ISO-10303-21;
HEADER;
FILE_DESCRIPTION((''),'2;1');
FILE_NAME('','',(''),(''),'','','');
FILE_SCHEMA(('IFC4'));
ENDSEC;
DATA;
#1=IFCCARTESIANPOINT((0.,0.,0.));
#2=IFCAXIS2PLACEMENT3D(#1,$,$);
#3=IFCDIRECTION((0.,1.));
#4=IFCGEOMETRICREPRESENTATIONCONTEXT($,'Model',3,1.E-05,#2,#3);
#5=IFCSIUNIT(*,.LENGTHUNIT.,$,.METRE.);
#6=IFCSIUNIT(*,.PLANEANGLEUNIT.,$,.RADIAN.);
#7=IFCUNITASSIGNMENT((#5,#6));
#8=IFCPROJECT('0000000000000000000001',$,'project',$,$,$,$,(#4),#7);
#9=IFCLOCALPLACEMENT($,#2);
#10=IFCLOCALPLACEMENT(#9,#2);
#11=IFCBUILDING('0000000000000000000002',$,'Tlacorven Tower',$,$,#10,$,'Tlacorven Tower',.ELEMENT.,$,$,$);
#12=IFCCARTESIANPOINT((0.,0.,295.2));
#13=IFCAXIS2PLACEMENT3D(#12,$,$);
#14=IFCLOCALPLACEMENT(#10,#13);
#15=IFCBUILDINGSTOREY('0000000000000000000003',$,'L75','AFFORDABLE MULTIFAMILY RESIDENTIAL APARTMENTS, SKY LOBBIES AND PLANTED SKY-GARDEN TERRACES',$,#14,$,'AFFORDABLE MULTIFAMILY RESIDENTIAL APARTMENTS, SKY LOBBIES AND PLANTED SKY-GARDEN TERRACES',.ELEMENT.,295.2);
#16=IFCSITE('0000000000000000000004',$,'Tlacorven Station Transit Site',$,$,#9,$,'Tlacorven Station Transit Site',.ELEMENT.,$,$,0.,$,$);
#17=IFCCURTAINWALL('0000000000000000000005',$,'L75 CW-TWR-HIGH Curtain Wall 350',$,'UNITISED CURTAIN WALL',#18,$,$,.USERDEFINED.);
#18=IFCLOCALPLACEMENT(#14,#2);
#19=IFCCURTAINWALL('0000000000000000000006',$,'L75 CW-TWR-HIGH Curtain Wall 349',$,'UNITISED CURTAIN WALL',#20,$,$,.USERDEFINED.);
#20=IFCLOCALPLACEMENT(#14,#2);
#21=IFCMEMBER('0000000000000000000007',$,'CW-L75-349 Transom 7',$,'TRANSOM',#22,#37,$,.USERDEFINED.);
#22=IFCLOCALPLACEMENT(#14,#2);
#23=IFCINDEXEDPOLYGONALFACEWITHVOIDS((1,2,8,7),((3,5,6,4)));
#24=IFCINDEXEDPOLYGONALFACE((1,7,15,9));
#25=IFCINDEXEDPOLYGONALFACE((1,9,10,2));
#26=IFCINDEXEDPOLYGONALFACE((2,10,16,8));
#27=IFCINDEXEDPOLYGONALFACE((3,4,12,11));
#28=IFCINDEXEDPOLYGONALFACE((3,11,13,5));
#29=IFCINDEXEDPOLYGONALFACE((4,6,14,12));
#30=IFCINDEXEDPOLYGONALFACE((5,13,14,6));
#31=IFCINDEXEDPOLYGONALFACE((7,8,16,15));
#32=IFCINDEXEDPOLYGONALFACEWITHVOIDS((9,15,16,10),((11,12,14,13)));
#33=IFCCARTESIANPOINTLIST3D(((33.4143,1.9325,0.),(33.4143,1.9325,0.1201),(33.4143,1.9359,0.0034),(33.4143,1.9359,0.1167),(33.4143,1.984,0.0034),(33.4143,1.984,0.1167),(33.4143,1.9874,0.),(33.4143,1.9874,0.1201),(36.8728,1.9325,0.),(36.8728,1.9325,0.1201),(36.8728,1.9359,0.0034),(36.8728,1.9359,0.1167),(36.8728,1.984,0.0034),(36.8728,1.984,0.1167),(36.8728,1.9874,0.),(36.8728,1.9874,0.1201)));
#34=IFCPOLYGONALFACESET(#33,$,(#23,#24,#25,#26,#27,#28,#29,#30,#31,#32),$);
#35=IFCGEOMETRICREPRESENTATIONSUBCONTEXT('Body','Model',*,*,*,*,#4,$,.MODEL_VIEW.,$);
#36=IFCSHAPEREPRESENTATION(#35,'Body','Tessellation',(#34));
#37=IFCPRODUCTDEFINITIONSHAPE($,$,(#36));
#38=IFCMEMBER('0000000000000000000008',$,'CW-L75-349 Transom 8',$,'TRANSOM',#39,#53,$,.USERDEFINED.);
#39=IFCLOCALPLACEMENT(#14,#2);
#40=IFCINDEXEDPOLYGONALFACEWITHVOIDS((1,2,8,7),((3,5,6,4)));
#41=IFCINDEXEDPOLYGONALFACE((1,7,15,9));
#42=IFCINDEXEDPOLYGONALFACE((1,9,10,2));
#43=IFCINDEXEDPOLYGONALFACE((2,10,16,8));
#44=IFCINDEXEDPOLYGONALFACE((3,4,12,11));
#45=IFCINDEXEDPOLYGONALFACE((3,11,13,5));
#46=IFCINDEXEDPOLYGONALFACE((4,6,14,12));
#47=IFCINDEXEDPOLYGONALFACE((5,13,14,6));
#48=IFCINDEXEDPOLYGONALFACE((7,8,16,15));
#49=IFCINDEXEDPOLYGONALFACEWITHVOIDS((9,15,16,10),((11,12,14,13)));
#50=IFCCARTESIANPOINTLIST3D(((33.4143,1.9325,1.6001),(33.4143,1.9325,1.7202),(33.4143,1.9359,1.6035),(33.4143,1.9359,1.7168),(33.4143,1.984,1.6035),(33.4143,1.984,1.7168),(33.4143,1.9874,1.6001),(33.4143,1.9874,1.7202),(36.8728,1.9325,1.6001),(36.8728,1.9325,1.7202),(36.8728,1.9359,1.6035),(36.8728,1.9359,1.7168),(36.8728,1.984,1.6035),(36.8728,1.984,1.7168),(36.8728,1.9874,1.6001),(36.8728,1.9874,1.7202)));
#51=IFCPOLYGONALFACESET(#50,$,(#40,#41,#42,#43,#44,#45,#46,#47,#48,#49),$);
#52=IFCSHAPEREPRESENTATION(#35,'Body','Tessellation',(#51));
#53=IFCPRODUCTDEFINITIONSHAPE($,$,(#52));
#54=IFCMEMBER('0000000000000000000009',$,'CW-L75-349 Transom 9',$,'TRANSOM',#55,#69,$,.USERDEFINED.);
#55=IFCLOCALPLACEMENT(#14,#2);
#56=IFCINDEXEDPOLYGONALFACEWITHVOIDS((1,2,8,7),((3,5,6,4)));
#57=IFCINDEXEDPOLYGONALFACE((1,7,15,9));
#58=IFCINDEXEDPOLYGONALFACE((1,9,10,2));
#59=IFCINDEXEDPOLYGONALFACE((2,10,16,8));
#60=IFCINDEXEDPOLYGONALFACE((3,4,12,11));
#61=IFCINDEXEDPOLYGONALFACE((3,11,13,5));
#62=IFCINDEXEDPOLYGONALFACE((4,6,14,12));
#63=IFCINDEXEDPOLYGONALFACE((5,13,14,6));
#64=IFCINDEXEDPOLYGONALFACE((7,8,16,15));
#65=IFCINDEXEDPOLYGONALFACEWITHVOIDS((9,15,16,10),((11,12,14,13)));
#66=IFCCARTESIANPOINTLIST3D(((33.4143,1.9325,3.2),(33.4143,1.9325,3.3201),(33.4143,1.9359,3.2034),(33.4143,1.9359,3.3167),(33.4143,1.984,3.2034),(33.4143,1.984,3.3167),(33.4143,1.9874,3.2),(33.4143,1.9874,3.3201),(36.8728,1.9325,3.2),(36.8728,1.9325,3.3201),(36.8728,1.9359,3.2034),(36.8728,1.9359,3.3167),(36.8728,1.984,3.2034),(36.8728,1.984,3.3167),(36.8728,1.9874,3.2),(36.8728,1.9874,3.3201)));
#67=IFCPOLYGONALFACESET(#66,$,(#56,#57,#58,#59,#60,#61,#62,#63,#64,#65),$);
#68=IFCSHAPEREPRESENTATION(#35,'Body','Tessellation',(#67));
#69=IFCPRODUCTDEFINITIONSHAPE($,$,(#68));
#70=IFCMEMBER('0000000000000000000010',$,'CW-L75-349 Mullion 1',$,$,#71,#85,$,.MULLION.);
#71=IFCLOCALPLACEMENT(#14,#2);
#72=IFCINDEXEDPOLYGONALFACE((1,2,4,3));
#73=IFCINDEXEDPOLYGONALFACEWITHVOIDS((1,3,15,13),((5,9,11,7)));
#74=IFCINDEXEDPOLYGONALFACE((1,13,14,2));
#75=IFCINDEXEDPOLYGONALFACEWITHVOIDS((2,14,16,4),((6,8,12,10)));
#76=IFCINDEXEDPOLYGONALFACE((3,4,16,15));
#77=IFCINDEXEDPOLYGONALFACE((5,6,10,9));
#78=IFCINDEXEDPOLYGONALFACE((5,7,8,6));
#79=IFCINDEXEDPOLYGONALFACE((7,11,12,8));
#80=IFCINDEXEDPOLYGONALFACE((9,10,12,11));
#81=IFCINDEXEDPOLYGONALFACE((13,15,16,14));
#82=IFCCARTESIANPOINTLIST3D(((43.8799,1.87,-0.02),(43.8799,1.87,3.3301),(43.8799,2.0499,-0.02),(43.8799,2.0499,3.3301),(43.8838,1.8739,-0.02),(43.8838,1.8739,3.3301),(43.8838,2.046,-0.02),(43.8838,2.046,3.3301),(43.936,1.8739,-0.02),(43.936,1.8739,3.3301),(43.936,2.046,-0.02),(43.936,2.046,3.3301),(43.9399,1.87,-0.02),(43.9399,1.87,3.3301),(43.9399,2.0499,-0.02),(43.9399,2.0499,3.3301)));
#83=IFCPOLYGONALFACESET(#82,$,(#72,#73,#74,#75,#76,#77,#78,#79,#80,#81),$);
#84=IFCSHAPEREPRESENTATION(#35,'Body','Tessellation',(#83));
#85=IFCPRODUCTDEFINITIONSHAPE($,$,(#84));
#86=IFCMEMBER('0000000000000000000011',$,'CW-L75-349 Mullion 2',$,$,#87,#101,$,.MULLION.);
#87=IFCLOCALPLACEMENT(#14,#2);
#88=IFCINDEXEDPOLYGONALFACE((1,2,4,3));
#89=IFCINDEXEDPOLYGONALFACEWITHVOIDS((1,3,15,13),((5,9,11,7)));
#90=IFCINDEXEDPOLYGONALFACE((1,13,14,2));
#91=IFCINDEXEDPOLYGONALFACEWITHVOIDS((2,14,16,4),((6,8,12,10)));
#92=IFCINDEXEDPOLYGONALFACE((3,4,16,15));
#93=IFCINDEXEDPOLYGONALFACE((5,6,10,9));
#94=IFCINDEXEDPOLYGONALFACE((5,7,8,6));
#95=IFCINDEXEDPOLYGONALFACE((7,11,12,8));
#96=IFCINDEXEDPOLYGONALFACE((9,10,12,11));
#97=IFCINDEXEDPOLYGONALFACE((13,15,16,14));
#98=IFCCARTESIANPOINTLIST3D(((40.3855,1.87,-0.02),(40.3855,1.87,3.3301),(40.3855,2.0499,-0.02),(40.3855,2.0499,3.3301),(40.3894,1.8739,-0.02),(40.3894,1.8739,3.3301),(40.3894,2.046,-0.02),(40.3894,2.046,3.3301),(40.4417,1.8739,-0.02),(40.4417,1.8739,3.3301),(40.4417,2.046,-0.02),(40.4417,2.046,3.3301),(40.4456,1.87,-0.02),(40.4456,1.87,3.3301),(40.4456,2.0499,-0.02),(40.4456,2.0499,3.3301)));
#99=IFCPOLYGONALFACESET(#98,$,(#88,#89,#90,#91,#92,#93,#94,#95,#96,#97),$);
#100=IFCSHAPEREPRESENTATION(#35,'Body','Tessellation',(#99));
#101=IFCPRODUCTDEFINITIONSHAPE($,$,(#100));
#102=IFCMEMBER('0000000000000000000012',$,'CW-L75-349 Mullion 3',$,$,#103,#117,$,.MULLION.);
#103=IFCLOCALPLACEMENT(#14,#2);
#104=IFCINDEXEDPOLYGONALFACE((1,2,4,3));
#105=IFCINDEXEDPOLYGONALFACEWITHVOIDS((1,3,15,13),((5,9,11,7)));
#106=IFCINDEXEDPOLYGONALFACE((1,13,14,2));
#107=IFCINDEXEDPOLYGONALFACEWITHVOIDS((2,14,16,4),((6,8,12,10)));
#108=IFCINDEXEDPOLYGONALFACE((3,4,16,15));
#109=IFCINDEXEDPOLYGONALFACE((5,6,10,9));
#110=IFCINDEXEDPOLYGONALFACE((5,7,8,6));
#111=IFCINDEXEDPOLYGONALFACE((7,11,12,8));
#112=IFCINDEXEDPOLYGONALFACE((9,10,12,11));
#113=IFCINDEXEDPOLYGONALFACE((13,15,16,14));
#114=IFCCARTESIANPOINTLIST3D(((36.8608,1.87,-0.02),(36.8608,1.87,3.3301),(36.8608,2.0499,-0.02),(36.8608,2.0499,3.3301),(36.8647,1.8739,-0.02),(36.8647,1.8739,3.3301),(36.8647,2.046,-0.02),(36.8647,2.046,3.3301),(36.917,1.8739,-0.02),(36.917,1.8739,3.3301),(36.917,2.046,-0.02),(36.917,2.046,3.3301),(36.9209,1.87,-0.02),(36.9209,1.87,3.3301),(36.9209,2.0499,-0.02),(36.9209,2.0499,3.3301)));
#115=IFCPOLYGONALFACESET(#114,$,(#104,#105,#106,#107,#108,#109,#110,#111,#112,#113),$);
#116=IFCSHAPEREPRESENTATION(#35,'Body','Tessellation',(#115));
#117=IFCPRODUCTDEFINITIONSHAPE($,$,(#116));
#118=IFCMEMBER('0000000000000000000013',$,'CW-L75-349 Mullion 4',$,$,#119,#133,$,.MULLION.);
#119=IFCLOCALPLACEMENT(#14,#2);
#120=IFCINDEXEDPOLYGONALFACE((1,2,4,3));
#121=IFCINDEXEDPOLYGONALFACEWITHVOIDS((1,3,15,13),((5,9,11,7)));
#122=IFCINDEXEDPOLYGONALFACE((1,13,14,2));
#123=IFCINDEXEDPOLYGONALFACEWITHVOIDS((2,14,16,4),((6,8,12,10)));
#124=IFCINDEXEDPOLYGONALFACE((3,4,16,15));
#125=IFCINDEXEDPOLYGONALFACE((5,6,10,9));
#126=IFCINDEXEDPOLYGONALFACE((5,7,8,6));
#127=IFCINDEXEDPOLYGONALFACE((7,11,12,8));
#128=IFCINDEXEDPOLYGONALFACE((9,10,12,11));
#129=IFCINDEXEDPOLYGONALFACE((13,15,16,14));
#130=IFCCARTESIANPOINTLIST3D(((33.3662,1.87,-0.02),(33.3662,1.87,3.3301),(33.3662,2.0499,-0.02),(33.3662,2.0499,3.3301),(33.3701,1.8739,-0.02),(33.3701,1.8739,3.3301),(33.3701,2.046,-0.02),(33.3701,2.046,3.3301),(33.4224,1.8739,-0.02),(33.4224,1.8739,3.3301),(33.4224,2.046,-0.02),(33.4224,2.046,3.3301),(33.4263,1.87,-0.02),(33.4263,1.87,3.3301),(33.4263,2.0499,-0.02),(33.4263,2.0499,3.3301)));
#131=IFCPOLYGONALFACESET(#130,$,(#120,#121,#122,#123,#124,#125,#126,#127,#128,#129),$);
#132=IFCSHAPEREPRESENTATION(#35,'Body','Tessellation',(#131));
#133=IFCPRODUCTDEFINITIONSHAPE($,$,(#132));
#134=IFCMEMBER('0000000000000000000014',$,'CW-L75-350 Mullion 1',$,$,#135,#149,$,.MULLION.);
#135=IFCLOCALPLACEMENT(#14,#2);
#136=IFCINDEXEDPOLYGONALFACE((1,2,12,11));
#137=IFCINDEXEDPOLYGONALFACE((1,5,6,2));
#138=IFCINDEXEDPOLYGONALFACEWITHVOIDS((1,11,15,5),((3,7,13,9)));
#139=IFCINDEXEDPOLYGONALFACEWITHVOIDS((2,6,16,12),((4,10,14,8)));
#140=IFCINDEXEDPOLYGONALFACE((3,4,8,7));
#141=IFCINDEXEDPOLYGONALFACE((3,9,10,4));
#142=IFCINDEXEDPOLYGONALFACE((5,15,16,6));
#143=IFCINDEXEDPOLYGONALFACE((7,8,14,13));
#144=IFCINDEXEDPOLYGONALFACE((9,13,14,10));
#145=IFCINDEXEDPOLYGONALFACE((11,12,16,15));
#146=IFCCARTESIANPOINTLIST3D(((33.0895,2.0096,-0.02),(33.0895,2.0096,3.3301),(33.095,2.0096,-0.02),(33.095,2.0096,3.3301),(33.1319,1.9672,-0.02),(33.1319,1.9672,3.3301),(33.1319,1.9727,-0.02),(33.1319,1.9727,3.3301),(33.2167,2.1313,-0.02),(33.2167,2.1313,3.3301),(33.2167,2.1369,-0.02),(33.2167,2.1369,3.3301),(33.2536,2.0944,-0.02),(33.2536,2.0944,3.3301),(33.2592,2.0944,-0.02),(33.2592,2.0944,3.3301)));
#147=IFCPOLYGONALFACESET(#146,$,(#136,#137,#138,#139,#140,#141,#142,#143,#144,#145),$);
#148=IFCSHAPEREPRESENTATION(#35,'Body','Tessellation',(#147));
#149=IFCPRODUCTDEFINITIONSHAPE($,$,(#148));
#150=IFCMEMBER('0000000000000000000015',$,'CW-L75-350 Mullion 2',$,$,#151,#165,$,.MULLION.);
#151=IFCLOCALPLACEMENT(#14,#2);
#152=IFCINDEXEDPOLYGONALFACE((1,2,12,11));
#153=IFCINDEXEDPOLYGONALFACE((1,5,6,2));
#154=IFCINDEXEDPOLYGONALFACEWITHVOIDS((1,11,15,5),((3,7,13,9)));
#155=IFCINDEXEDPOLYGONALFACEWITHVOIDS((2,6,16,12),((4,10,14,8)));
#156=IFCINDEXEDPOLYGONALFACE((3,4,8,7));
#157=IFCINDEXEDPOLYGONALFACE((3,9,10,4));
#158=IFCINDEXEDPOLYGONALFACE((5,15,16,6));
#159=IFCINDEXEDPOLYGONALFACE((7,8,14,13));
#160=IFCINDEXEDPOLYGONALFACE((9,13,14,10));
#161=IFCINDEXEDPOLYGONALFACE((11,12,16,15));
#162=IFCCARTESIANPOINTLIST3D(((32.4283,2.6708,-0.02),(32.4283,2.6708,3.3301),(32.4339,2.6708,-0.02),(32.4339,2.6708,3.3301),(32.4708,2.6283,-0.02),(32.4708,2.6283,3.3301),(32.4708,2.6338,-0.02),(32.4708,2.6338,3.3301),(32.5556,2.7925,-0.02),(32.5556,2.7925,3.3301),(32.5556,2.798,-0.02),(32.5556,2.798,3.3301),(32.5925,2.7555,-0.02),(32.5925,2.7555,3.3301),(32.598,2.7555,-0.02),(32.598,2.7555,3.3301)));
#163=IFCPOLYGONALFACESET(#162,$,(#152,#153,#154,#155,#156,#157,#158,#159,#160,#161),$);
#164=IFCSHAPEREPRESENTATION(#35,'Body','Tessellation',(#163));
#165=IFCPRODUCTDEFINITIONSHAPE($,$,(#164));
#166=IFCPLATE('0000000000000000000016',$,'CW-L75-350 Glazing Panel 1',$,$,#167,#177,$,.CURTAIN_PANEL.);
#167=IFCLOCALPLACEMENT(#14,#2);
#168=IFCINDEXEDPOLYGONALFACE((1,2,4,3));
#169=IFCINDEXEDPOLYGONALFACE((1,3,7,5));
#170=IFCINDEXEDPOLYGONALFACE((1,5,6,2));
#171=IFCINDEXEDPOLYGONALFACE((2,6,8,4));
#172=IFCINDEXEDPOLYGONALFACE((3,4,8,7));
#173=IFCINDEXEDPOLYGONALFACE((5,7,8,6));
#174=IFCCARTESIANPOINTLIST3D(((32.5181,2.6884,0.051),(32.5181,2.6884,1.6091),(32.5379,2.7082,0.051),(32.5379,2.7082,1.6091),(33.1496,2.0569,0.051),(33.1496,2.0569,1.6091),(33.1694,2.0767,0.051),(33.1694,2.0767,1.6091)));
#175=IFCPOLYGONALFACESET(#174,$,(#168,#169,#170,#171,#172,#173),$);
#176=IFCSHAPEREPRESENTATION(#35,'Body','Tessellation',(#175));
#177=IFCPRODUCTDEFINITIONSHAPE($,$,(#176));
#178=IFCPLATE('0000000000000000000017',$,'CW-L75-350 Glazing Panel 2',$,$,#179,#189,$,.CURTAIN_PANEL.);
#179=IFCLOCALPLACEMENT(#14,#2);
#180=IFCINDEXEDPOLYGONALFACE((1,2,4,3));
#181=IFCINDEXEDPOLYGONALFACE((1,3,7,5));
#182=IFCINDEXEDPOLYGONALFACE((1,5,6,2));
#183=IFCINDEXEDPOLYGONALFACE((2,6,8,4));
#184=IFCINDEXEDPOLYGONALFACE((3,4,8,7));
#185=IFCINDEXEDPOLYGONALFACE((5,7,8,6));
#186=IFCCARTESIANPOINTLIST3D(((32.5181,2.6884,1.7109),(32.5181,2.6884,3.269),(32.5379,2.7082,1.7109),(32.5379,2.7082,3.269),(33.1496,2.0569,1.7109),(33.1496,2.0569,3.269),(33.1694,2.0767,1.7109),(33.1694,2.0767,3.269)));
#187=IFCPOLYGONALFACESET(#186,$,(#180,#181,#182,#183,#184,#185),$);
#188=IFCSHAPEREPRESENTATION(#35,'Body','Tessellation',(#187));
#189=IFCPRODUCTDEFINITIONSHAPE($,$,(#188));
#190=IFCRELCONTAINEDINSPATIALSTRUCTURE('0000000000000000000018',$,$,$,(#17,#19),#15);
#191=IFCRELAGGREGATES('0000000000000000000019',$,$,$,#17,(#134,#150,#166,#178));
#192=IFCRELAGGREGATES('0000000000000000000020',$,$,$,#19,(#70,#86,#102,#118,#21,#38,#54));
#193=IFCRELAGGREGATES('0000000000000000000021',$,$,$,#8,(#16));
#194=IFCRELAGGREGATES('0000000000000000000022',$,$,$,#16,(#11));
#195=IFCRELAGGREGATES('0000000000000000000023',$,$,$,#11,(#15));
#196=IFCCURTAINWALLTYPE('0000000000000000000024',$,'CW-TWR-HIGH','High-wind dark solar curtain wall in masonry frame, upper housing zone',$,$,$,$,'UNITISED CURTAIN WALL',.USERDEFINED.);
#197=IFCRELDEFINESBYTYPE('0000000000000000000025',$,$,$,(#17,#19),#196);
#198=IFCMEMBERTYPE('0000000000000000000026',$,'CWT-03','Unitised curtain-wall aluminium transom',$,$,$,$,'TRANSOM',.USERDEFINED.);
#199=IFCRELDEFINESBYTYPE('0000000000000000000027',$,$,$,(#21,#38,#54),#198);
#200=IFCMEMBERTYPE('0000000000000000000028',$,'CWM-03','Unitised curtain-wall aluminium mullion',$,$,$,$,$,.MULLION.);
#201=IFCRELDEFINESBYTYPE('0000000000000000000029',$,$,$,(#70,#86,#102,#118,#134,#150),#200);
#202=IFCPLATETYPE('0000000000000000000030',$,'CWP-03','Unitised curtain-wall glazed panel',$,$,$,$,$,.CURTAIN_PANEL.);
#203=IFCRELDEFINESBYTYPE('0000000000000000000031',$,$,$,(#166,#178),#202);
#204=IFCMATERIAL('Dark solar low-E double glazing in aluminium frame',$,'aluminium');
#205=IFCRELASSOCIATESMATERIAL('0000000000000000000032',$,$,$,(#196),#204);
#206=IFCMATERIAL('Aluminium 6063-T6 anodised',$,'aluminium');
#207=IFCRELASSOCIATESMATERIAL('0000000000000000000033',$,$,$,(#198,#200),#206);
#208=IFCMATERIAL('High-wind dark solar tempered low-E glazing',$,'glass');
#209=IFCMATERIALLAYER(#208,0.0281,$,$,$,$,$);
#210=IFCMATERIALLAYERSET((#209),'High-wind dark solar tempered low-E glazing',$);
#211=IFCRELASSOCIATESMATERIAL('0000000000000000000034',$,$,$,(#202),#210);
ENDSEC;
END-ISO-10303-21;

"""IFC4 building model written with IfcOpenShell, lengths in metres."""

from ifc_helpers import new_model, si_unit, direction, frame, origin, origin_2d, place, context, subcontext, project, spatial, rectangle, hollow_rectangle, extrude, source, transform, mapped, material, layer, layer_set, material_profile, profile_set, type_object, element, aggregate, save


model = new_model("IFC4")

# Units and contexts
model_context = context("Model", 3, precision=1e-05, world=origin(), true_north=direction((0.0, 1.0)))
body_context = subcontext(model_context, "Body", "Model", "MODEL_VIEW")
ifc_project = project(units=[si_unit("LENGTHUNIT", "METRE"), si_unit("PLANEANGLEUNIT", "RADIAN")], contexts=[model_context])

# Site, building, storey
site_placement = place(None, origin())
site = spatial("IfcSite", under=ifc_project, at=site_placement, Name="Tlacorven Station Transit Site", LongName="Tlacorven Station Transit Site", CompositionType="ELEMENT", RefElevation=0.0)
building_placement = place(site_placement, origin())
building = spatial("IfcBuilding", under=site, at=building_placement, Name="Tlacorven Tower", LongName="Tlacorven Tower", CompositionType="ELEMENT")
storey_placement = place(building_placement, frame((0.0, 0.0, 295.2)))
storey = spatial("IfcBuildingStorey", under=building, at=storey_placement, Name="L75", Description="AFFORDABLE MULTIFAMILY RESIDENTIAL APARTMENTS, SKY LOBBIES AND PLANTED SKY-GARDEN TERRACES", LongName="AFFORDABLE MULTIFAMILY RESIDENTIAL APARTMENTS, SKY LOBBIES AND PLANTED SKY-GARDEN TERRACES", CompositionType="ELEMENT", Elevation=295.2)

# Curtain walls, members
ifc_material_1 = material(Name="Dark solar low-E double glazing in aluminium frame", Category="aluminium")
curtain_wall_type = type_object("IfcCurtainWallType", Name="CW-TWR-HIGH", Description="High-wind dark solar curtain wall in masonry frame, upper housing zone", ElementType="UNITISED CURTAIN WALL", PredefinedType="USERDEFINED", material=ifc_material_1)
curtain_wall_1_placement = place(storey_placement, origin())
curtain_wall_1 = element("IfcCurtainWall", 1, at=curtain_wall_1_placement, inside=storey, type_object=curtain_wall_type, Name="L75 CW-TWR-HIGH Curtain Wall 350", ObjectType="UNITISED CURTAIN WALL", PredefinedType="USERDEFINED")
ifc_material_2 = material(Name="Aluminium 6063-T6 anodised", Category="aluminium")
ifc_material_profile_1 = material_profile(ifc_material_2, hollow_rectangle(XDim=0.0549, YDim=0.1201, WallThickness=0.0034, at=origin_2d()), Name="ALU TRANSOM 55X120")
ifc_profile_set_1 = profile_set([ifc_material_profile_1], Name="Aluminium 6063-T6 anodised")
member_type_1 = type_object("IfcMemberType", Name="CWT-03", Description="Unitised curtain-wall aluminium transom", ElementType="TRANSOM", PredefinedType="USERDEFINED", material=ifc_profile_set_1)
curtain_wall_2_placement = place(storey_placement, origin())
curtain_wall_2 = element("IfcCurtainWall", 2, at=curtain_wall_2_placement, inside=storey, type_object=curtain_wall_type, Name="L75 CW-TWR-HIGH Curtain Wall 349", ObjectType="UNITISED CURTAIN WALL", PredefinedType="USERDEFINED")
shared_shape_1 = source(origin(), body_context, "Body", "SweptSolid", [
    extrude(hollow_rectangle(XDim=0.0549, YDim=0.1201, WallThickness=0.0034, at=origin_2d()), origin(), (0.0, 0.0, 1.0), 3.4585),
])
member_1_placement = place(storey_placement, frame((36.8728, 1.96, 0.0601), z_axis=(-1.0, 0.0, 0.0), x_axis=(0.0, -1.0, 0.0)))
member_1 = element("IfcMember", 3, at=member_1_placement, type_object=member_type_1, Name="CW-L75-349 Transom 7", ObjectType="TRANSOM", PredefinedType="USERDEFINED", context=body_context, shape_type="MappedRepresentation", body=[
    mapped(shared_shape_1, transform((0.0, 0.0, 0.0), scale=1.0)),
])
member_2_placement = place(storey_placement, frame((36.8728, 1.96, 1.6602), z_axis=(-1.0, 0.0, 0.0), x_axis=(0.0, -1.0, 0.0)))
member_2 = element("IfcMember", 4, at=member_2_placement, type_object=member_type_1, Name="CW-L75-349 Transom 8", ObjectType="TRANSOM", PredefinedType="USERDEFINED", context=body_context, shape_type="MappedRepresentation", body=[
    mapped(shared_shape_1, transform((0.0, 0.0, 0.0), scale=1.0)),
])
member_3_placement = place(storey_placement, frame((36.8728, 1.96, 3.26), z_axis=(-1.0, 0.0, 0.0), x_axis=(0.0, -1.0, 0.0)))
member_3 = element("IfcMember", 5, at=member_3_placement, type_object=member_type_1, Name="CW-L75-349 Transom 9", ObjectType="TRANSOM", PredefinedType="USERDEFINED", context=body_context, shape_type="MappedRepresentation", body=[
    mapped(shared_shape_1, transform((0.0, 0.0, 0.0), scale=1.0)),
])
ifc_material_profile_2 = material_profile(ifc_material_2, hollow_rectangle(XDim=0.0601, YDim=0.1799, WallThickness=0.0039, at=origin_2d()), Name="ALU MULLION 60X180")
ifc_profile_set_2 = profile_set([ifc_material_profile_2], Name="Aluminium 6063-T6 anodised")
member_type_2 = type_object("IfcMemberType", Name="CWM-03", Description="Unitised curtain-wall aluminium mullion", PredefinedType="MULLION", material=ifc_profile_set_2)
shared_shape_2 = source(origin(), body_context, "Body", "SweptSolid", [
    extrude(hollow_rectangle(XDim=0.0601, YDim=0.1799, WallThickness=0.0039, at=origin_2d()), origin(), (0.0, 0.0, 1.0), 3.3501),
])
member_4_placement = place(storey_placement, frame((43.9099, 1.96, -0.02), z_axis=(0.0, 0.0, 1.0), x_axis=(-1.0, 0.0, 0.0)))
member_4 = element("IfcMember", 6, at=member_4_placement, type_object=member_type_2, Name="CW-L75-349 Mullion 1", PredefinedType="MULLION", context=body_context, shape_type="MappedRepresentation", body=[
    mapped(shared_shape_2, transform((0.0, 0.0, 0.0), scale=1.0)),
])
member_5_placement = place(storey_placement, frame((40.4155, 1.96, -0.02), z_axis=(0.0, 0.0, 1.0), x_axis=(-1.0, 0.0, 0.0)))
member_5 = element("IfcMember", 7, at=member_5_placement, type_object=member_type_2, Name="CW-L75-349 Mullion 2", PredefinedType="MULLION", context=body_context, shape_type="MappedRepresentation", body=[
    mapped(shared_shape_2, transform((0.0, 0.0, 0.0), scale=1.0)),
])
member_6_placement = place(storey_placement, frame((36.8909, 1.96, -0.02), z_axis=(0.0, 0.0, 1.0), x_axis=(-1.0, 0.0, 0.0)))
member_6 = element("IfcMember", 8, at=member_6_placement, type_object=member_type_2, Name="CW-L75-349 Mullion 3", PredefinedType="MULLION", context=body_context, shape_type="MappedRepresentation", body=[
    mapped(shared_shape_2, transform((0.0, 0.0, 0.0), scale=1.0)),
])
member_7_placement = place(storey_placement, frame((33.3962, 1.96, -0.02), z_axis=(0.0, 0.0, 1.0), x_axis=(-1.0, 0.0, 0.0)))
member_7 = element("IfcMember", 9, at=member_7_placement, type_object=member_type_2, Name="CW-L75-349 Mullion 4", PredefinedType="MULLION", context=body_context, shape_type="MappedRepresentation", body=[
    mapped(shared_shape_2, transform((0.0, 0.0, 0.0), scale=1.0)),
])

# Members
member_8_placement = place(storey_placement, frame((33.1743, 2.052, -0.02), z_axis=(0.0, 0.0, 1.0), x_axis=(-0.707107, 0.707107, 0.0)))
member_8 = element("IfcMember", 10, at=member_8_placement, type_object=member_type_2, Name="CW-L75-350 Mullion 1", PredefinedType="MULLION", context=body_context, shape_type="MappedRepresentation", body=[
    mapped(shared_shape_2, transform((0.0, 0.0, 0.0), scale=1.0)),
])
member_9_placement = place(storey_placement, frame((32.5132, 2.7131, -0.02), z_axis=(0.0, 0.0, 1.0), x_axis=(-0.707107, 0.707107, 0.0)))
member_9 = element("IfcMember", 11, at=member_9_placement, type_object=member_type_2, Name="CW-L75-350 Mullion 2", PredefinedType="MULLION", context=body_context, shape_type="MappedRepresentation", body=[
    mapped(shared_shape_2, transform((0.0, 0.0, 0.0), scale=1.0)),
])

# Plates
ifc_material_3 = material(Name="High-wind dark solar tempered low-E glazing", Category="glass")
ifc_layer_1 = layer(ifc_material_3, 0.0281)
ifc_layer_set_1 = layer_set([ifc_layer_1], Name="High-wind dark solar tempered low-E glazing")
plate_type = type_object("IfcPlateType", Name="CWP-03", Description="Unitised curtain-wall glazed panel", PredefinedType="CURTAIN_PANEL", material=ifc_layer_set_1)
shared_shape_3 = source(origin(), body_context, "Body", "SweptSolid", [
    extrude(rectangle(XDim=0.8931, YDim=0.0281, at=origin_2d()), origin(), (0.0, 0.0, 1.0), 1.5581),
])
plate_1_placement = place(storey_placement, frame((32.8438, 2.3826, 0.051), z_axis=(0.0, 0.0, 1.0), x_axis=(-0.707107, 0.707107, 0.0)))
plate_1 = element("IfcPlate", 12, at=plate_1_placement, type_object=plate_type, Name="CW-L75-350 Glazing Panel 1", PredefinedType="CURTAIN_PANEL", context=body_context, shape_type="MappedRepresentation", body=[
    mapped(shared_shape_3, transform((0.0, 0.0, 0.0), scale=1.0)),
])
plate_2_placement = place(storey_placement, frame((32.8438, 2.3826, 1.7109), z_axis=(0.0, 0.0, 1.0), x_axis=(-0.707107, 0.707107, 0.0)))
plate_2 = element("IfcPlate", 13, at=plate_2_placement, type_object=plate_type, Name="CW-L75-350 Glazing Panel 2", PredefinedType="CURTAIN_PANEL", context=body_context, shape_type="MappedRepresentation", body=[
    mapped(shared_shape_3, transform((0.0, 0.0, 0.0), scale=1.0)),
])
aggregate(curtain_wall_1, [member_8, member_9, plate_1, plate_2])
aggregate(curtain_wall_2, [member_4, member_5, member_6, member_7, member_1, member_2, member_3])

save(model, "model.ifc")
